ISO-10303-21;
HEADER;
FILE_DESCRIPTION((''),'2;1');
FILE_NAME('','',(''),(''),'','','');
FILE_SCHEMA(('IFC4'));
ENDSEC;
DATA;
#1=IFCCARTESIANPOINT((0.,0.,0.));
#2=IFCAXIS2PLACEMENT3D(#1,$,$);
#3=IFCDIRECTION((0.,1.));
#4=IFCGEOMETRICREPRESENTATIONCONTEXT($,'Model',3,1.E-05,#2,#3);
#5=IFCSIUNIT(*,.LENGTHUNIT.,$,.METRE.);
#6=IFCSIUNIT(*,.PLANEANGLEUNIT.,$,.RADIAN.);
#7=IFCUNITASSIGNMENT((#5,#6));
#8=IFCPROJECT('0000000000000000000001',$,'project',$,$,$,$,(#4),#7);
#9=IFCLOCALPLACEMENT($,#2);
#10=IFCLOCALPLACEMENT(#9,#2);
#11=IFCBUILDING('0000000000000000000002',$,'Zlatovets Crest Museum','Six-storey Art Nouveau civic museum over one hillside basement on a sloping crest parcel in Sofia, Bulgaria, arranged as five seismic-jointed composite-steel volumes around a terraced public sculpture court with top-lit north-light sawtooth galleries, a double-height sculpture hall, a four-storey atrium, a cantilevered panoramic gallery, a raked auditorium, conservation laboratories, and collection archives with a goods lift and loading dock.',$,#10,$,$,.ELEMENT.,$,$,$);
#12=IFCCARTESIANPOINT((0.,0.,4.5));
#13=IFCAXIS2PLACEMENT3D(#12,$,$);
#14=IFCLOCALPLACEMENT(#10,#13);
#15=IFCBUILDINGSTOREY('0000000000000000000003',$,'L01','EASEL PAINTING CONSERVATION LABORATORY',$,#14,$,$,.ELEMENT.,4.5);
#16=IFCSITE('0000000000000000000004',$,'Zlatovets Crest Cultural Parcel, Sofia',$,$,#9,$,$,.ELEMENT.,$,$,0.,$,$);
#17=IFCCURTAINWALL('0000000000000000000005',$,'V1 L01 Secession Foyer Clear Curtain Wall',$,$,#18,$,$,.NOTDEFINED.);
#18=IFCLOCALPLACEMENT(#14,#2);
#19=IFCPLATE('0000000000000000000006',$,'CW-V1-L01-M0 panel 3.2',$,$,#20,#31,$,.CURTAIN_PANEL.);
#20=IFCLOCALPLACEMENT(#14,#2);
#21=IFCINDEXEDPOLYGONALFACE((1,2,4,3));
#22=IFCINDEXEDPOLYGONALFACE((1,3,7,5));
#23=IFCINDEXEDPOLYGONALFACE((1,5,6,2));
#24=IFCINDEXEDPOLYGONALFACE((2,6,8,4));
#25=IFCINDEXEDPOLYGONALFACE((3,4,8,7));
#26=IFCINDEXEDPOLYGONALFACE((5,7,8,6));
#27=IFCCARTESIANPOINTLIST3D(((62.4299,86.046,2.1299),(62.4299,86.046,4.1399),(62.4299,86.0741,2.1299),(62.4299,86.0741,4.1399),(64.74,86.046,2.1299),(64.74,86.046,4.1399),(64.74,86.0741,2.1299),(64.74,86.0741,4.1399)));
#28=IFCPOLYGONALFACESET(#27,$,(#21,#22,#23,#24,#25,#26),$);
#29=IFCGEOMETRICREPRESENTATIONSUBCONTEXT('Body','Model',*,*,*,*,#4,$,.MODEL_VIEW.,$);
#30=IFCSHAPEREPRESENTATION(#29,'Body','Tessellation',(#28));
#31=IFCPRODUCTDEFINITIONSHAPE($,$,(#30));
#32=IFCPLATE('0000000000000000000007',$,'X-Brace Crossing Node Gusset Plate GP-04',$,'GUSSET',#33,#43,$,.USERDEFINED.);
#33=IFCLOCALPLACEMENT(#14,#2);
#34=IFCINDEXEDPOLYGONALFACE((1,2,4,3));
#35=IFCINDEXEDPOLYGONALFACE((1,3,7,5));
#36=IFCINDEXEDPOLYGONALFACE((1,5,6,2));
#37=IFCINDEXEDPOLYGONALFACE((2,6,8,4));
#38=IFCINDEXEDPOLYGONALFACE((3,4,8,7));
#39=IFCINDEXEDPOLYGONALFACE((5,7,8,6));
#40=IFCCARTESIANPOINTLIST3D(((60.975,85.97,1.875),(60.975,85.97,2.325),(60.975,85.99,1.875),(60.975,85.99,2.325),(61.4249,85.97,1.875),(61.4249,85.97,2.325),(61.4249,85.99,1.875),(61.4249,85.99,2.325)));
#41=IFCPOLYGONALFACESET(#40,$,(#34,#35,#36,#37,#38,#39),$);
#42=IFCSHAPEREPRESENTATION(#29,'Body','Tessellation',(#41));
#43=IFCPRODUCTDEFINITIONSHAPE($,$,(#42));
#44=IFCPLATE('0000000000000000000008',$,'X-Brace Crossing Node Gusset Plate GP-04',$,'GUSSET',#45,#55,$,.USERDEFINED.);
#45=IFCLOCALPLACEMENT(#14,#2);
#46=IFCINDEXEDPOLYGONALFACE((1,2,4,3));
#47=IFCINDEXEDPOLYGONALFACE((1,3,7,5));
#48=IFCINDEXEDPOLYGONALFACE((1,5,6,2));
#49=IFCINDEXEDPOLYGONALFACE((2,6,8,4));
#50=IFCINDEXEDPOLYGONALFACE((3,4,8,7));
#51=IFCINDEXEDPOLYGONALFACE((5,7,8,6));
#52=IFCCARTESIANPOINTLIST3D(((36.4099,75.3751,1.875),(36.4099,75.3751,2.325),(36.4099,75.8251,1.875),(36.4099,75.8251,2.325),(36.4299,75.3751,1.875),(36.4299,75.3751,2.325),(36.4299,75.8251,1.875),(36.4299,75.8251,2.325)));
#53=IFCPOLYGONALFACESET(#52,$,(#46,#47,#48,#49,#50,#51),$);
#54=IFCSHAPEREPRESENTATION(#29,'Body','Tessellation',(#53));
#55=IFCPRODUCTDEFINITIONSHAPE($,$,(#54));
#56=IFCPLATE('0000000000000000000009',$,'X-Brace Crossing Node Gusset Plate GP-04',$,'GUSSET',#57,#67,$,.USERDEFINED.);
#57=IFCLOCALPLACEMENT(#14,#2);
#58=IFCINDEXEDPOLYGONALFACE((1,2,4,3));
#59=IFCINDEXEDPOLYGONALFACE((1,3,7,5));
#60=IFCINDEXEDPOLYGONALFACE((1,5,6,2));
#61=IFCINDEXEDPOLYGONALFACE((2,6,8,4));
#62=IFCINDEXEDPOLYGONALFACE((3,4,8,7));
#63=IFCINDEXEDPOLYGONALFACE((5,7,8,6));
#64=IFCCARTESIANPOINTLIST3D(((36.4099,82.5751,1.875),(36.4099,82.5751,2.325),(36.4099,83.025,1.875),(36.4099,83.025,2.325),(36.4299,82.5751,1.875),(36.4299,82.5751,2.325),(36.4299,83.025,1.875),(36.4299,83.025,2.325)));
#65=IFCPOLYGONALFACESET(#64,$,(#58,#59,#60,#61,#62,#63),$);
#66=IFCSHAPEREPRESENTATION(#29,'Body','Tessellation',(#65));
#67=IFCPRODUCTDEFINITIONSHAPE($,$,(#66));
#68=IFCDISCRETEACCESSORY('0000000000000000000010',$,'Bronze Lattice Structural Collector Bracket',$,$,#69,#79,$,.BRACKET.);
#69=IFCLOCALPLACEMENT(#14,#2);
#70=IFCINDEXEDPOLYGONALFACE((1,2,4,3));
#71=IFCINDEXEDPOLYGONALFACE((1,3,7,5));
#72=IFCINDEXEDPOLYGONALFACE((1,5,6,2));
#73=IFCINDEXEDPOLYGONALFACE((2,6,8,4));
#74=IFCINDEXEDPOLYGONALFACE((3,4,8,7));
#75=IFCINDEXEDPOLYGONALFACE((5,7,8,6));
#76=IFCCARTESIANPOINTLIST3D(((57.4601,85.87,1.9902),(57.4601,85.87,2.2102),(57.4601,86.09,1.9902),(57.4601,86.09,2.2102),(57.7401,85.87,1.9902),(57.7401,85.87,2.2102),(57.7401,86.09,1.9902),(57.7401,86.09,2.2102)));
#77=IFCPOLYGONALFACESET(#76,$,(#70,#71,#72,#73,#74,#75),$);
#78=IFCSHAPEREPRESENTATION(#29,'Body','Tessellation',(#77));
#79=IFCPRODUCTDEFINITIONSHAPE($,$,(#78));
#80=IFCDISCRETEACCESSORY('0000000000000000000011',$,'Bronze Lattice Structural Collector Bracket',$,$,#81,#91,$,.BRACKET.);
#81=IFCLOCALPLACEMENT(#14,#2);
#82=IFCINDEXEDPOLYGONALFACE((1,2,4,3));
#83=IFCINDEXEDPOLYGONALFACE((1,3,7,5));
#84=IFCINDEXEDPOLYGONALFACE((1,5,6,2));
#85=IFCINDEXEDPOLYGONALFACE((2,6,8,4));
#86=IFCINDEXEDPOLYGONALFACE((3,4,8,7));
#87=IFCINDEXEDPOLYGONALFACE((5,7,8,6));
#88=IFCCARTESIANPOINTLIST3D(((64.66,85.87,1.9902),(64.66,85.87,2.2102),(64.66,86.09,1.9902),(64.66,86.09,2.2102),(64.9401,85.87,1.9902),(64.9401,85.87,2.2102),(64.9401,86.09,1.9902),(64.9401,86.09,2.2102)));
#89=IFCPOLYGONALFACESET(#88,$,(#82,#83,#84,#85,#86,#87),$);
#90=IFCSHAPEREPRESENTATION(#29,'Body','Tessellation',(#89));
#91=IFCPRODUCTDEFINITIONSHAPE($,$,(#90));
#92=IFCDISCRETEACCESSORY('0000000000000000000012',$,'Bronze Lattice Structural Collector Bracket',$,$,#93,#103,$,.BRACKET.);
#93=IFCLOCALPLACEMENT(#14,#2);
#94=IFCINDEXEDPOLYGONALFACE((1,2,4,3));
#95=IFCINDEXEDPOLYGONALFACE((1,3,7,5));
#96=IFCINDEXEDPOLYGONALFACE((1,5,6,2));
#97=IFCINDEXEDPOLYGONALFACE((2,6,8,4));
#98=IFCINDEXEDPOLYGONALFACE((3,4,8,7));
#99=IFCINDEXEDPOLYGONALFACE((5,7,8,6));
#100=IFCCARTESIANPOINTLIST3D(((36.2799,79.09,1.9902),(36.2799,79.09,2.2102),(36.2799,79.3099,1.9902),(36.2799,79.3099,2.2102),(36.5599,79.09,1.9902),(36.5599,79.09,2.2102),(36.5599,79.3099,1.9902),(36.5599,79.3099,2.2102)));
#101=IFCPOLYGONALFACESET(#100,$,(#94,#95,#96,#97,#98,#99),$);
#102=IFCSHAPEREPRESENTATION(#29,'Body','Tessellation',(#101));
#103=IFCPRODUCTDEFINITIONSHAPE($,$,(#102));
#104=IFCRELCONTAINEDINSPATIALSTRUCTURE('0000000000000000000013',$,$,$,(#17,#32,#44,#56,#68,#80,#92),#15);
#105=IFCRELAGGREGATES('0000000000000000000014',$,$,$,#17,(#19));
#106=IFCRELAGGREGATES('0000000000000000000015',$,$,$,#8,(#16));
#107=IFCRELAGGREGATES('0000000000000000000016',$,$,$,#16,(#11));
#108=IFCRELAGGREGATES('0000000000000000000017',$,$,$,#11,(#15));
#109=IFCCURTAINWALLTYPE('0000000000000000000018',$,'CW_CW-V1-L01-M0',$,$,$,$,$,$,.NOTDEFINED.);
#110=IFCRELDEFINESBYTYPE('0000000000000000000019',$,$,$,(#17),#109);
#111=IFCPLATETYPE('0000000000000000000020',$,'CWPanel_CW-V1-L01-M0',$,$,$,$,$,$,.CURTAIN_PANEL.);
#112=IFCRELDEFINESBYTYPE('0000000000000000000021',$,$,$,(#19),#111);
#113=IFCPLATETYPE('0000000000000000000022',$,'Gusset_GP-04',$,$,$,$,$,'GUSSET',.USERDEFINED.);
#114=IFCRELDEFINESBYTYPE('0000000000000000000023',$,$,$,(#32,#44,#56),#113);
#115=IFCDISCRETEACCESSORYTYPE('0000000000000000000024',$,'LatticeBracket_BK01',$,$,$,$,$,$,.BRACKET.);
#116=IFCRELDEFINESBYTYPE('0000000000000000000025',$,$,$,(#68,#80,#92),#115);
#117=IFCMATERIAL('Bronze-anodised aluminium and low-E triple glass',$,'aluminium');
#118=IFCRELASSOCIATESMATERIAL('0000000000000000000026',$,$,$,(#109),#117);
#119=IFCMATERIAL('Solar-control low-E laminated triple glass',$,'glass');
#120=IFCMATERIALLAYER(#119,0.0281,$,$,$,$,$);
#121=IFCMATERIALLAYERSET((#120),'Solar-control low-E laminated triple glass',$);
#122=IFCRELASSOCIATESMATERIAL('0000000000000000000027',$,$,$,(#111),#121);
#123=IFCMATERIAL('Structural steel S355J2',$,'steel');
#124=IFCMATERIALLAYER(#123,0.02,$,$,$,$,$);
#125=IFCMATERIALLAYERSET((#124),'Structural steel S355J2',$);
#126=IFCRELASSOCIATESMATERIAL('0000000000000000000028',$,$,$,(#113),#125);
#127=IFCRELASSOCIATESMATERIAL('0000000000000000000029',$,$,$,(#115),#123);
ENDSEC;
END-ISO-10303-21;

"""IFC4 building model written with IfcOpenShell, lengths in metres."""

from ifc_helpers import new_model, si_unit, direction, frame, origin, origin_2d, place, context, subcontext, project, spatial, rectangle, extrude, material, layer, layer_set, type_object, element, aggregate, save


model = new_model("IFC4")

# Units and contexts
model_context = context("Model", 3, precision=1e-05, world=origin(), true_north=direction((0.0, 1.0)))
body_context = subcontext(model_context, "Body", "Model", "MODEL_VIEW")
ifc_project = project(units=[si_unit("LENGTHUNIT", "METRE"), si_unit("PLANEANGLEUNIT", "RADIAN")], contexts=[model_context])

# Site, building, storey
site_placement = place(None, origin())
site = spatial("IfcSite", under=ifc_project, at=site_placement, Name="Zlatovets Crest Cultural Parcel, Sofia", CompositionType="ELEMENT", RefElevation=0.0)
building_placement = place(site_placement, origin())
building = spatial("IfcBuilding", under=site, at=building_placement, Name="Zlatovets Crest Museum", Description="Six-storey Art Nouveau civic museum over one hillside basement on a sloping crest parcel in Sofia, Bulgaria, arranged as five seismic-jointed composite-steel volumes around a terraced public sculpture court with top-lit north-light sawtooth galleries, a double-height sculpture hall, a four-storey atrium, a cantilevered panoramic gallery, a raked auditorium, conservation laboratories, and collection archives with a goods lift and loading dock.", CompositionType="ELEMENT")
storey_placement = place(building_placement, frame((0.0, 0.0, 4.5)))
storey = spatial("IfcBuildingStorey", under=building, at=storey_placement, Name="L01", Description="EASEL PAINTING CONSERVATION LABORATORY", CompositionType="ELEMENT", Elevation=4.5)

# Curtain wall
ifc_material_1 = material(Name="Bronze-anodised aluminium and low-E triple glass", Category="aluminium")
curtain_wall_type = type_object("IfcCurtainWallType", Name="CW_CW-V1-L01-M0", PredefinedType="NOTDEFINED", material=ifc_material_1)
curtain_wall_placement = place(storey_placement, origin())
curtain_wall = element("IfcCurtainWall", 1, at=curtain_wall_placement, inside=storey, type_object=curtain_wall_type, Name="V1 L01 Secession Foyer Clear Curtain Wall", PredefinedType="NOTDEFINED")

# Plate
ifc_material_2 = material(Name="Solar-control low-E laminated triple glass", Category="glass")
ifc_layer_1 = layer(ifc_material_2, 0.0281)
ifc_layer_set_1 = layer_set([ifc_layer_1], Name="Solar-control low-E laminated triple glass")
plate_type_1 = type_object("IfcPlateType", Name="CWPanel_CW-V1-L01-M0", PredefinedType="CURTAIN_PANEL", material=ifc_layer_set_1)
plate_1_placement = place(storey_placement, frame((63.585, 86.0601, 2.1299), z_axis=(0.0, 0.0, 1.0), x_axis=(1.0, 0.0, 0.0)))
plate_1 = element("IfcPlate", 2, at=plate_1_placement, type_object=plate_type_1, Name="CW-V1-L01-M0 panel 3.2", PredefinedType="CURTAIN_PANEL", context=body_context, shape_type="SweptSolid", body=[
    extrude(rectangle(XDim=2.3101, YDim=0.0281, at=origin_2d()), origin(), (0.0, 0.0, 1.0), 2.01),
])
aggregate(curtain_wall, [plate_1])

# Plates
ifc_material_3 = material(Name="Structural steel S355J2", Category="steel")
ifc_layer_2 = layer(ifc_material_3, 0.02)
ifc_layer_set_2 = layer_set([ifc_layer_2], Name="Structural steel S355J2")
plate_type_2 = type_object("IfcPlateType", Name="Gusset_GP-04", ElementType="GUSSET", PredefinedType="USERDEFINED", material=ifc_layer_set_2)
plate_2_placement = place(storey_placement, frame((61.2, 85.98, 1.875), z_axis=(0.0, 0.0, 1.0), x_axis=(1.0, 0.0, 0.0)))
element("IfcPlate", 3, at=plate_2_placement, inside=storey, type_object=plate_type_2, Name="X-Brace Crossing Node Gusset Plate GP-04", ObjectType="GUSSET", PredefinedType="USERDEFINED", context=body_context, shape_type="SweptSolid", body=[
    extrude(rectangle(XDim=0.45, YDim=0.02, at=origin_2d()), origin(), (0.0, 0.0, 1.0), 0.45),
])
for number, where, z_axis, x_axis, name in (
    (4, (36.4199, 75.6001, 1.875), (0.0, 0.0, 1.0), (1.0, 0.0, 0.0), "X-Brace Crossing Node Gusset Plate GP-04"),
    (5, (36.4199, 82.8, 1.875), (0.0, 0.0, 1.0), (1.0, 0.0, 0.0), "X-Brace Crossing Node Gusset Plate GP-04"),
):
    element("IfcPlate", number, at=place(storey_placement, frame(where, z_axis=z_axis, x_axis=x_axis)), inside=storey, type_object=plate_type_2, Name=name, ObjectType="GUSSET", PredefinedType="USERDEFINED", context=body_context, shape_type="SweptSolid", body=[
        extrude(rectangle(XDim=0.02, YDim=0.45, at=origin_2d()), origin(), (0.0, 0.0, 1.0), 0.45),
    ])

# Discrete accessories
discrete_accessory_type = type_object("IfcDiscreteAccessoryType", Name="LatticeBracket_BK01", PredefinedType="BRACKET", material=ifc_material_3)
for number, where, z_axis, x_axis, name in (
    (6, (57.6001, 85.98, 1.9902), (0.0, 0.0, 1.0), (1.0, 0.0, 0.0), "Bronze Lattice Structural Collector Bracket"),
    (7, (64.8, 85.98, 1.9902), (0.0, 0.0, 1.0), (1.0, 0.0, 0.0), "Bronze Lattice Structural Collector Bracket"),
    (8, (36.4199, 79.2, 1.9902), (0.0, 0.0, 1.0), (1.0, 0.0, 0.0), "Bronze Lattice Structural Collector Bracket"),
):
    element("IfcDiscreteAccessory", number, at=place(storey_placement, frame(where, z_axis=z_axis, x_axis=x_axis)), inside=storey, type_object=discrete_accessory_type, Name=name, PredefinedType="BRACKET", context=body_context, shape_type="SweptSolid", body=[
        extrude(rectangle(XDim=0.28, YDim=0.22, at=origin_2d()), origin(), (0.0, 0.0, 1.0), 0.22),
    ])

save(model, "model.ifc")
